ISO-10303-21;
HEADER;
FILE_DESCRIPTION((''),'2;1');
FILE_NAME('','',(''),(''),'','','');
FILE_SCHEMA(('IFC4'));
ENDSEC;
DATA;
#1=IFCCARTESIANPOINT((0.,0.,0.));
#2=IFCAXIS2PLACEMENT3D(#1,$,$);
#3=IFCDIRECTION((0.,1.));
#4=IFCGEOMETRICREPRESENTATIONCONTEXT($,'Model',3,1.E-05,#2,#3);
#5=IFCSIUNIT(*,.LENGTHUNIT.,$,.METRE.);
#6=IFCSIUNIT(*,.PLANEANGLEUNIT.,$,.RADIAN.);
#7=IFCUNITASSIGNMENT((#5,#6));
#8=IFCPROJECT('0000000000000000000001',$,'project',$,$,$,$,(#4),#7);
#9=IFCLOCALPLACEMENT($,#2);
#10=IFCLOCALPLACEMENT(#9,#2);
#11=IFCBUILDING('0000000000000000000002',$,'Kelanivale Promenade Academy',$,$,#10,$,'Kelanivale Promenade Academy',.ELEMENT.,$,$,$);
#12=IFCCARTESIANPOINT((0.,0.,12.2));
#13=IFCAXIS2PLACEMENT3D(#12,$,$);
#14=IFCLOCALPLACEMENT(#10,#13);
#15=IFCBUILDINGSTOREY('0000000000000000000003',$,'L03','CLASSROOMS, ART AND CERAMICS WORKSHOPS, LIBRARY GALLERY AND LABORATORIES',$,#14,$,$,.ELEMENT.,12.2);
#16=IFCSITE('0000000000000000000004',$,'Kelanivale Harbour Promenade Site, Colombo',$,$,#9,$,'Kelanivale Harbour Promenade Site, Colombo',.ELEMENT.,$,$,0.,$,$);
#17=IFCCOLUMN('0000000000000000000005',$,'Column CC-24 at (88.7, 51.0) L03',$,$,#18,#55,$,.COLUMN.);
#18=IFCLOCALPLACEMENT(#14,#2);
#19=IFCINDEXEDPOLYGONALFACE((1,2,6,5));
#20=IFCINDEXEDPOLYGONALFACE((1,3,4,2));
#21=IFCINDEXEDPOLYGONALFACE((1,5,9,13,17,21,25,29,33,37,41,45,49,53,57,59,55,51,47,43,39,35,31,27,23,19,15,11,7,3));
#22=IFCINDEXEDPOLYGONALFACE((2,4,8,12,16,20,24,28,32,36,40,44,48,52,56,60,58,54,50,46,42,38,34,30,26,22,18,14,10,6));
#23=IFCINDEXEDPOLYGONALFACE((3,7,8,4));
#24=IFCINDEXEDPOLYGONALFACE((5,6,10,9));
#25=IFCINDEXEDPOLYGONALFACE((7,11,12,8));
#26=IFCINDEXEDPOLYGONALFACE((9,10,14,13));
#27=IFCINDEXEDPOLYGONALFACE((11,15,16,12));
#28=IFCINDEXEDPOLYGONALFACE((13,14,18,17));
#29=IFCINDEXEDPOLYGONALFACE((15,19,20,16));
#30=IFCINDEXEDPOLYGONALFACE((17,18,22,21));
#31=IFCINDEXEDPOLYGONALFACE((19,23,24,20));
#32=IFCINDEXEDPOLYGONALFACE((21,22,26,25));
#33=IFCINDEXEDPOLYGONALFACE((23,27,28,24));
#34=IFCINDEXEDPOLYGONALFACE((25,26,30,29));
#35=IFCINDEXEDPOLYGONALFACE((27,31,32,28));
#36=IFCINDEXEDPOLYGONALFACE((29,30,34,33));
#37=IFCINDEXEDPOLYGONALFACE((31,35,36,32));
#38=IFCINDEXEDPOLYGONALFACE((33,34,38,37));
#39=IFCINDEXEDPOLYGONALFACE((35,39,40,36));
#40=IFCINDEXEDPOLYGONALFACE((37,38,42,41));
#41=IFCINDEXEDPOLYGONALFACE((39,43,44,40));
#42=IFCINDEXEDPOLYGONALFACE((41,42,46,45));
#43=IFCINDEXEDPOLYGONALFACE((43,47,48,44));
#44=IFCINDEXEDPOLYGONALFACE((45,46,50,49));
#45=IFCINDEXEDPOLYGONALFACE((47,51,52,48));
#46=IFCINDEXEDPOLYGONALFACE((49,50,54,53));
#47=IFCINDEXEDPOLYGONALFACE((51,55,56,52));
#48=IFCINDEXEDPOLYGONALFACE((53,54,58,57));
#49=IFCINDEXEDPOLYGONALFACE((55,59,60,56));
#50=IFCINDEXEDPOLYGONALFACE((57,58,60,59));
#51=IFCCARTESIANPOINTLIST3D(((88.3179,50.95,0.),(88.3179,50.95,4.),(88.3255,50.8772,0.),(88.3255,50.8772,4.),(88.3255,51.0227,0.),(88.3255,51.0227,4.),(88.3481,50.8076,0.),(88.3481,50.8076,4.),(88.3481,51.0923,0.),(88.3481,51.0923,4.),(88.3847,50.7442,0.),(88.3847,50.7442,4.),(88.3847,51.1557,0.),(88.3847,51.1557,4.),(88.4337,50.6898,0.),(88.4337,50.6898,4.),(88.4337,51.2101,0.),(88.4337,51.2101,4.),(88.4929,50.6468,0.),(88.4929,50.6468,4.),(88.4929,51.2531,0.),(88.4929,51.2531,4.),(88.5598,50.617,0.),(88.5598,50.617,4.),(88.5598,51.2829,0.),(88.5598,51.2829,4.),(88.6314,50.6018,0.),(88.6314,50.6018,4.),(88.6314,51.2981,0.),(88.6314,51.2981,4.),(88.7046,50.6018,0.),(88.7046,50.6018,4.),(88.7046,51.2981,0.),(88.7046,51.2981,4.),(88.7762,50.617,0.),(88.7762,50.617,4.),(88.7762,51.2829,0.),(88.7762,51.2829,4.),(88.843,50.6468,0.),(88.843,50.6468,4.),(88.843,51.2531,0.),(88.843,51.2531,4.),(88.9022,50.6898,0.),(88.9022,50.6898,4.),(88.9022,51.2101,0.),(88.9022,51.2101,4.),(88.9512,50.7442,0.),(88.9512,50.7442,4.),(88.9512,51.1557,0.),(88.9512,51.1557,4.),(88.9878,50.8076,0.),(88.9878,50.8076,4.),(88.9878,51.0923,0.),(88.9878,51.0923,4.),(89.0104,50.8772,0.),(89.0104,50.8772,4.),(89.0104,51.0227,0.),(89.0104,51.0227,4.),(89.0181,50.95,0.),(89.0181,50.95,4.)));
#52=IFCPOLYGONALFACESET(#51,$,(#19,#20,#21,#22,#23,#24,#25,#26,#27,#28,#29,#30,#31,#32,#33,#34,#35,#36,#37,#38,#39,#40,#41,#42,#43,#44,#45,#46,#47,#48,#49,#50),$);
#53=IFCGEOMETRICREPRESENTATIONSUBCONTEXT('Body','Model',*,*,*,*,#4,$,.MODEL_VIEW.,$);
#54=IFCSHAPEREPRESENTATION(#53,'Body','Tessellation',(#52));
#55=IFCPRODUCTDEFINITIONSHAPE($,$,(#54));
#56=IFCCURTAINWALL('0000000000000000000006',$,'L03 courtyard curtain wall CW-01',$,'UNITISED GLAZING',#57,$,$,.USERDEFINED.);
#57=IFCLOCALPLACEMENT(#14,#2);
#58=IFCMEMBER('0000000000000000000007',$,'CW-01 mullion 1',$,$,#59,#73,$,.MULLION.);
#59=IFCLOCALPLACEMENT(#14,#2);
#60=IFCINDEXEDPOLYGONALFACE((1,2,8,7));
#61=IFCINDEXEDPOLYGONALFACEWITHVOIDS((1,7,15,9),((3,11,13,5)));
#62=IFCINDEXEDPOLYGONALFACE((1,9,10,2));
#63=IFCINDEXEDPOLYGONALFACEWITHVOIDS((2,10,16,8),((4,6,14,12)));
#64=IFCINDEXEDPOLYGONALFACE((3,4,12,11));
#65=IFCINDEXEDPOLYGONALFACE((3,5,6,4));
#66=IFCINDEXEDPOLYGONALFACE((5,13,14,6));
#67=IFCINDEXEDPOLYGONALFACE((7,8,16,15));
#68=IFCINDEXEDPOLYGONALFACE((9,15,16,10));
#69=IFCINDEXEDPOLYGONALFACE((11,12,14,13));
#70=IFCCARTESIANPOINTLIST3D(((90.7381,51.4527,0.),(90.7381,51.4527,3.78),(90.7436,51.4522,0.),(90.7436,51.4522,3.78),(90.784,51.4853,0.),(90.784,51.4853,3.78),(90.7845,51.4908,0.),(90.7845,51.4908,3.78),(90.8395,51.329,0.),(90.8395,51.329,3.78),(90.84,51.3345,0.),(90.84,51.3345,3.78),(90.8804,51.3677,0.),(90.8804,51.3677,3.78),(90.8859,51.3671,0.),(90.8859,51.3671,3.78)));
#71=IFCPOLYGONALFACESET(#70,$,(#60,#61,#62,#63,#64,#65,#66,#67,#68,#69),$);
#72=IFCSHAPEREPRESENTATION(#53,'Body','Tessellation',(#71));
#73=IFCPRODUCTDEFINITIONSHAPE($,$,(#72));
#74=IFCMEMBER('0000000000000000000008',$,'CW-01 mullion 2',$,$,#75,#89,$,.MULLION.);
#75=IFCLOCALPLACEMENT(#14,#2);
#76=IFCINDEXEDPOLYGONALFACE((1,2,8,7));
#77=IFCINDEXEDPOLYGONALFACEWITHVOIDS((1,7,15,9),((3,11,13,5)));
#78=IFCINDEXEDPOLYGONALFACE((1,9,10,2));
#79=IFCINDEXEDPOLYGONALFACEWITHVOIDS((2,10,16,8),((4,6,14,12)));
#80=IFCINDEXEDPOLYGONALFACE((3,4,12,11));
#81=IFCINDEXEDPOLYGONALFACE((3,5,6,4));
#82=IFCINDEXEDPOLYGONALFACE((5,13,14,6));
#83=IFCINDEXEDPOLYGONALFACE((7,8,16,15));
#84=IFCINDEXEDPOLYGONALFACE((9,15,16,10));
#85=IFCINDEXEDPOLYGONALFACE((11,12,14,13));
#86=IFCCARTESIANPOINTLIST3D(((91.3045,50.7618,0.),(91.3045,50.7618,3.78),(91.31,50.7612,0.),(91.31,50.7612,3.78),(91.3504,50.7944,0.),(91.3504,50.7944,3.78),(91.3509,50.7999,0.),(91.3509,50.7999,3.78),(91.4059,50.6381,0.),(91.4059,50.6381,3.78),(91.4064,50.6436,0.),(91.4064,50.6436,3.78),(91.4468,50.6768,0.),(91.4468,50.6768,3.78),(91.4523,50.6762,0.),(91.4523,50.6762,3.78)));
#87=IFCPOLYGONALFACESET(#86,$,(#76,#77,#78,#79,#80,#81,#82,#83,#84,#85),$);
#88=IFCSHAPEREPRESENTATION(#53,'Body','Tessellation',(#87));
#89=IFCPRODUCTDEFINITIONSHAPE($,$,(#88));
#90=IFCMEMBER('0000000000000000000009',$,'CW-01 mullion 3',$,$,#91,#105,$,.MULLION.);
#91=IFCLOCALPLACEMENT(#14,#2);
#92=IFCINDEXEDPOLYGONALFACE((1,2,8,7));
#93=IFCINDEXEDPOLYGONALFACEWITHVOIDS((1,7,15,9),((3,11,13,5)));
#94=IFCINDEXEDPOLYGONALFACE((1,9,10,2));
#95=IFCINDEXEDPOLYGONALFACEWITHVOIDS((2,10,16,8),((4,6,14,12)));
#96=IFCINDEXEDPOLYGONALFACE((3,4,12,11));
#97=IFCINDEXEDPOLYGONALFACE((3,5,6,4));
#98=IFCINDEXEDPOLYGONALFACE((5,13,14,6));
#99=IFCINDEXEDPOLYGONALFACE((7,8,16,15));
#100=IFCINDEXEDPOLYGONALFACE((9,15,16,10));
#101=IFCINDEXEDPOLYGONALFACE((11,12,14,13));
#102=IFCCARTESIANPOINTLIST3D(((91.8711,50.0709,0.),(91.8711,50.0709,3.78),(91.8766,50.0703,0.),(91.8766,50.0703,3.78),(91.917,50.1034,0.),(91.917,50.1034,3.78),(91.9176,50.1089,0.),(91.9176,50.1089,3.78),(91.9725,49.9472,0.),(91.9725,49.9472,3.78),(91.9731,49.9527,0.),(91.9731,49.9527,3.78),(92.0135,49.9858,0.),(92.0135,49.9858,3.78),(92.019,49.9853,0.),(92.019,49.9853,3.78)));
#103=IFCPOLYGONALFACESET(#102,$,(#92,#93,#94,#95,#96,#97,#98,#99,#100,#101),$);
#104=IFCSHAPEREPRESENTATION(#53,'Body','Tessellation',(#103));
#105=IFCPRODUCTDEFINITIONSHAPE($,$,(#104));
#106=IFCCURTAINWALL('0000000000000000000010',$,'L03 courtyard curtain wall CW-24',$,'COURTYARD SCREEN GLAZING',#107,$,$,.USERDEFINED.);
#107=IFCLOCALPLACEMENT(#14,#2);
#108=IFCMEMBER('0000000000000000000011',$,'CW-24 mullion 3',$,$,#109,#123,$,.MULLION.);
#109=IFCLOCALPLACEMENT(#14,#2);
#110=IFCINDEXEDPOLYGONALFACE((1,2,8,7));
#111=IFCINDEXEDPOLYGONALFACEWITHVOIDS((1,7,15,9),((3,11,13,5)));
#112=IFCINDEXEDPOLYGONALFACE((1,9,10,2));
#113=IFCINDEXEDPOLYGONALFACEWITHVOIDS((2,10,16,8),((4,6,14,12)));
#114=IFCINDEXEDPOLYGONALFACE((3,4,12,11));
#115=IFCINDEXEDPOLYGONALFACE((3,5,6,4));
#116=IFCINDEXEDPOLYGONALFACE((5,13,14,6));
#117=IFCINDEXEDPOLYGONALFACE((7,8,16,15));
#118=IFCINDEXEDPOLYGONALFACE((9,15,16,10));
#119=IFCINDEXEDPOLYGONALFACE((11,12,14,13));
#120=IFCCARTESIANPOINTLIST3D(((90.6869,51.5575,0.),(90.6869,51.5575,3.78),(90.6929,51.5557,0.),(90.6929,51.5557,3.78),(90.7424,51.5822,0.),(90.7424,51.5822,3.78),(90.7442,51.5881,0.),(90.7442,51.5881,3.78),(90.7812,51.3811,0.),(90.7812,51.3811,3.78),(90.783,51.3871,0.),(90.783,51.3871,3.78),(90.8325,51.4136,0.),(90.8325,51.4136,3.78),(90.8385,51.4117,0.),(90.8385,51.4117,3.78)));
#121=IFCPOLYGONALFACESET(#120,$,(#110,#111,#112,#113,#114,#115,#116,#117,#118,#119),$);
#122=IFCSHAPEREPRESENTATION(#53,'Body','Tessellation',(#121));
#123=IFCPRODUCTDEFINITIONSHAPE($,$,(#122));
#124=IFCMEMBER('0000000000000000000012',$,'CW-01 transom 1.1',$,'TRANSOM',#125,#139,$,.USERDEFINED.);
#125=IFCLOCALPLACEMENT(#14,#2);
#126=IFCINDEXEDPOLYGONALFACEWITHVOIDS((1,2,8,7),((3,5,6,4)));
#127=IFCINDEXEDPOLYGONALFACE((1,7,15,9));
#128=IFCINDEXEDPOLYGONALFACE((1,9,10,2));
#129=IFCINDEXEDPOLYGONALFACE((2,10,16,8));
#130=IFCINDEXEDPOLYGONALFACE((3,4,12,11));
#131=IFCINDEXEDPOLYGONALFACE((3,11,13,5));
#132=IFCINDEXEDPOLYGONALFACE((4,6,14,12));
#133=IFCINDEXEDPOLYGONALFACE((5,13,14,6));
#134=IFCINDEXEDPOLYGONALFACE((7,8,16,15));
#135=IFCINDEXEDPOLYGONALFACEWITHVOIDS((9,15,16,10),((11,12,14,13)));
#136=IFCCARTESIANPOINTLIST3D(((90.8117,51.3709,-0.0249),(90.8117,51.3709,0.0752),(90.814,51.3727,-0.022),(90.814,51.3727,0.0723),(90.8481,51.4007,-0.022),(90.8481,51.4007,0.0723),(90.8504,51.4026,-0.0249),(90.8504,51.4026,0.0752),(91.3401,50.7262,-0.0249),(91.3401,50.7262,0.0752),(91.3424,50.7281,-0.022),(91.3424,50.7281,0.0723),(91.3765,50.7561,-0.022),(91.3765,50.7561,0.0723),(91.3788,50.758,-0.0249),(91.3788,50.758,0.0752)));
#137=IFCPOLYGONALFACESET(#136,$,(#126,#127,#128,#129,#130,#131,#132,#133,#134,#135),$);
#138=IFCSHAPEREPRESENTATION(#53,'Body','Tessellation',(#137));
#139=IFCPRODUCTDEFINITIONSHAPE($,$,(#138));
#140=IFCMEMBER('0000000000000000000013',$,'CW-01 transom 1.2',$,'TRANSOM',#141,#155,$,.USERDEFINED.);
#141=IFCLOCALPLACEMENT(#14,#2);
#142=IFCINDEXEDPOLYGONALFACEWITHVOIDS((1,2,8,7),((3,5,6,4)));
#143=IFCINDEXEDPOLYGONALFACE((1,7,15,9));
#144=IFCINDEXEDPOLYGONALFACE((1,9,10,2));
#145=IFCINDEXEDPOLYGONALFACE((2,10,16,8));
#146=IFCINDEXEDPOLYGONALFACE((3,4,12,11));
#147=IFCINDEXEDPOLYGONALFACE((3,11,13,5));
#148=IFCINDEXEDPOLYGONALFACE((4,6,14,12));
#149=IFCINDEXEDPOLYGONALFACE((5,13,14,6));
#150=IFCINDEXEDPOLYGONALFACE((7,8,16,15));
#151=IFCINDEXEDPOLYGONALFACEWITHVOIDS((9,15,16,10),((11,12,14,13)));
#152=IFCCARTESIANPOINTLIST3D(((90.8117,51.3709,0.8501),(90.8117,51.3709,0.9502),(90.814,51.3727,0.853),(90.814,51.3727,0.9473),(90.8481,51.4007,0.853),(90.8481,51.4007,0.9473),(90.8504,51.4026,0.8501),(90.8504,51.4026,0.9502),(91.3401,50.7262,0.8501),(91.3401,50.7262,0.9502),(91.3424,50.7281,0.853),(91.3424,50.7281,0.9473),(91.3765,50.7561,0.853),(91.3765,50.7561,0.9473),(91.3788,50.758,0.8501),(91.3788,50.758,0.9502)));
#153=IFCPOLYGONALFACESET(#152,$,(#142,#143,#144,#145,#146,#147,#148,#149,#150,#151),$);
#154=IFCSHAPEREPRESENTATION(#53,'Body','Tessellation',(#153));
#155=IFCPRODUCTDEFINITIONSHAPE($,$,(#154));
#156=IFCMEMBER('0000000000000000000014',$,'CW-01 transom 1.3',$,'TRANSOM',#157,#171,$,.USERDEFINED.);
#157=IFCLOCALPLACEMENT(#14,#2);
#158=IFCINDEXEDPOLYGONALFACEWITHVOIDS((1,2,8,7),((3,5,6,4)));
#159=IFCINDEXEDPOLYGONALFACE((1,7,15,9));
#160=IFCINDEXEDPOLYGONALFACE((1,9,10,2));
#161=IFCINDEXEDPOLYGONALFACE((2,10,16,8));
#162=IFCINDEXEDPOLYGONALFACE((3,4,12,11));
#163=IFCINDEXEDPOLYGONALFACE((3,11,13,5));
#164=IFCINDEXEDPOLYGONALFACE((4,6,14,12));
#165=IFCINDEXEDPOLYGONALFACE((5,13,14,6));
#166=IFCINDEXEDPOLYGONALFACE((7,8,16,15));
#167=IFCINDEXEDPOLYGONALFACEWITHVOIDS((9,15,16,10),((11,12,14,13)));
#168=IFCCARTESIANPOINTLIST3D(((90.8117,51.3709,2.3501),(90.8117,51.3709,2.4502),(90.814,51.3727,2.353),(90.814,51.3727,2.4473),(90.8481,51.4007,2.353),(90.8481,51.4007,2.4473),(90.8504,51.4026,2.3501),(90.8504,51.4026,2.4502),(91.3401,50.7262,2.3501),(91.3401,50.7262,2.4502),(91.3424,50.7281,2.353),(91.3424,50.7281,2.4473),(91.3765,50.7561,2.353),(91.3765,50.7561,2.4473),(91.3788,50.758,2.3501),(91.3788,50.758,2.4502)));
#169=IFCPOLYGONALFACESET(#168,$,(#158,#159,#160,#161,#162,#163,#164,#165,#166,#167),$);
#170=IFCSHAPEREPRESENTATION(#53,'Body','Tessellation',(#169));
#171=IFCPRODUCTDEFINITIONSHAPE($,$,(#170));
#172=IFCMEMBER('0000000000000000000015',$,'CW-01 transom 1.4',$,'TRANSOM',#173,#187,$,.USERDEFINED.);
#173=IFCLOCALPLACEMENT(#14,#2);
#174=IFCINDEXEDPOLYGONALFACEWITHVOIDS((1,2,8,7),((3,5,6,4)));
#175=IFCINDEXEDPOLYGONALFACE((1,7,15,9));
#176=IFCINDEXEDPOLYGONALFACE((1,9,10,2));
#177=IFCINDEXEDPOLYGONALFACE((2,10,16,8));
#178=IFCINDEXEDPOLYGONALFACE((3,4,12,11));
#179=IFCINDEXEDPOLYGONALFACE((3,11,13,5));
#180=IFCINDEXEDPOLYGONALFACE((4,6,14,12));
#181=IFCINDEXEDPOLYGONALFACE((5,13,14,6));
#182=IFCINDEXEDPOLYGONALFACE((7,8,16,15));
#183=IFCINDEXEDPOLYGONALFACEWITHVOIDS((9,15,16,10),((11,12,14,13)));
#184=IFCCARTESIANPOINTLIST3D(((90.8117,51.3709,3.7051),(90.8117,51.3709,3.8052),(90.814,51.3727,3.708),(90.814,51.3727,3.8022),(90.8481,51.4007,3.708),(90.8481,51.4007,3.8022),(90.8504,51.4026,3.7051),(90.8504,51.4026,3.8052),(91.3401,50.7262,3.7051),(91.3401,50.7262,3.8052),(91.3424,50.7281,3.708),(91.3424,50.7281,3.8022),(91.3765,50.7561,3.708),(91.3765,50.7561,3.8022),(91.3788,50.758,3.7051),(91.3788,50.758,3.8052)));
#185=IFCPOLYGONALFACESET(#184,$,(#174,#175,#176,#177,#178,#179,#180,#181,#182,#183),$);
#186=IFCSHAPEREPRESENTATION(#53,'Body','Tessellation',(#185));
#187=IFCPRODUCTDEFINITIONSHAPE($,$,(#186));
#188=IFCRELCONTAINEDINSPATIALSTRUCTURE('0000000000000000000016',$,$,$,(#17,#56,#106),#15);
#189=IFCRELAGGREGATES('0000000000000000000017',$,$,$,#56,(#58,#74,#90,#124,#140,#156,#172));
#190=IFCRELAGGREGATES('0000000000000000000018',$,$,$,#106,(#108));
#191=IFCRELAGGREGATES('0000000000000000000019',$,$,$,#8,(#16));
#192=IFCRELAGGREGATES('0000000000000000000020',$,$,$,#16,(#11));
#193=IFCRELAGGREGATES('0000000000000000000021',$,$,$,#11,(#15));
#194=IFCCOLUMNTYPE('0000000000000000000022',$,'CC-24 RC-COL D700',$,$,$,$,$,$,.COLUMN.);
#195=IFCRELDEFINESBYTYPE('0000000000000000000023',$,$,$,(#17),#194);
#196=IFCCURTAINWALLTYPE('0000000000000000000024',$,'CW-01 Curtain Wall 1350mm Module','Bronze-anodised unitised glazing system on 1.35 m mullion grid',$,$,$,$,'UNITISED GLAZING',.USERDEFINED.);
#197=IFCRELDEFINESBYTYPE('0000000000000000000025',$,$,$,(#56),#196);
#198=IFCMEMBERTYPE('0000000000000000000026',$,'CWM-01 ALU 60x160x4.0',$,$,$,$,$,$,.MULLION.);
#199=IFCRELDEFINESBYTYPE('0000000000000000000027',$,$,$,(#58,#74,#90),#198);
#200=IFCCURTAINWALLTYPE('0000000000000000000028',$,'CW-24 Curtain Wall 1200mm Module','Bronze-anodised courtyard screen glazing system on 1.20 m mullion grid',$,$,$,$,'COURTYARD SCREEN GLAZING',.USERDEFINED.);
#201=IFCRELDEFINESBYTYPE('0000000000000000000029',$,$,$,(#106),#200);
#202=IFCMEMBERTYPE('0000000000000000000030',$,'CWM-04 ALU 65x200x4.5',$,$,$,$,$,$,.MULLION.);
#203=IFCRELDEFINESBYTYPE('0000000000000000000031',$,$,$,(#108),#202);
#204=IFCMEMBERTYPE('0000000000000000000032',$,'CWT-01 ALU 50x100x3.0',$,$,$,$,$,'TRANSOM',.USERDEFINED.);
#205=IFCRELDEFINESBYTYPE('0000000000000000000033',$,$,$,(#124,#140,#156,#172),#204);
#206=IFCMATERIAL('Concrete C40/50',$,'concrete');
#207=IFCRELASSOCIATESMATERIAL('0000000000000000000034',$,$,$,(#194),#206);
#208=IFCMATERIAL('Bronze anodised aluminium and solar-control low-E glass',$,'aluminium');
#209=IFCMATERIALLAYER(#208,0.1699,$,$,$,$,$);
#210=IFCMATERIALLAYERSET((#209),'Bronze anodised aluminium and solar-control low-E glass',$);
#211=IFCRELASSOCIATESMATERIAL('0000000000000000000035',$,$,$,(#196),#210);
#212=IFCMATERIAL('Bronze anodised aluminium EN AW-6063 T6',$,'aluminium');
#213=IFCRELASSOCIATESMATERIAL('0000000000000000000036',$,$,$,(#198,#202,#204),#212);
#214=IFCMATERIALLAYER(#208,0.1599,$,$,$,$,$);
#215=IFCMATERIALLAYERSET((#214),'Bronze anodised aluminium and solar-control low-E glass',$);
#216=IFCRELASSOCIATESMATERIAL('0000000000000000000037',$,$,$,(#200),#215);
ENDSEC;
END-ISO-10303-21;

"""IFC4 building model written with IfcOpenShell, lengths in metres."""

from ifc_helpers import new_model, si_unit, direction, frame, origin, origin_2d, place, context, subcontext, project, spatial, hollow_rectangle, circle, extrude, material, layer, layer_set, material_profile, profile_set, type_object, element, aggregate, save


model = new_model("IFC4")

# Units and contexts
model_context = context("Model", 3, precision=1e-05, world=origin(), true_north=direction((0.0, 1.0)))
body_context = subcontext(model_context, "Body", "Model", "MODEL_VIEW")
ifc_project = project(units=[si_unit("LENGTHUNIT", "METRE"), si_unit("PLANEANGLEUNIT", "RADIAN")], contexts=[model_context])

# Site, building, storey
site_placement = place(None, origin())
site = spatial("IfcSite", under=ifc_project, at=site_placement, Name="Kelanivale Harbour Promenade Site, Colombo", LongName="Kelanivale Harbour Promenade Site, Colombo", CompositionType="ELEMENT", RefElevation=0.0)
building_placement = place(site_placement, origin())
building = spatial("IfcBuilding", under=site, at=building_placement, Name="Kelanivale Promenade Academy", LongName="Kelanivale Promenade Academy", CompositionType="ELEMENT")
storey_placement = place(building_placement, frame((0.0, 0.0, 12.2)))
storey = spatial("IfcBuildingStorey", under=building, at=storey_placement, Name="L03", Description="CLASSROOMS, ART AND CERAMICS WORKSHOPS, LIBRARY GALLERY AND LABORATORIES", CompositionType="ELEMENT", Elevation=12.2)

# Column
ifc_material_1 = material(Name="Concrete C40/50", Category="concrete")
ifc_material_profile_1 = material_profile(ifc_material_1, circle(Radius=0.3501, at=origin_2d()), Name="RC-COL D700")
ifc_profile_set_1 = profile_set([ifc_material_profile_1], Name="Concrete C40/50")
column_type = type_object("IfcColumnType", Name="CC-24 RC-COL D700", PredefinedType="COLUMN", material=ifc_profile_set_1)
column_placement = place(storey_placement, frame((88.668, 50.95, 0.0), z_axis=(0.0, 0.0, 1.0), x_axis=(1.0, 0.0, 0.0)))
element("IfcColumn", 1, at=column_placement, inside=storey, type_object=column_type, Name="Column CC-24 at (88.7, 51.0) L03", PredefinedType="COLUMN", context=body_context, shape_type="SweptSolid", body=[
    extrude(circle(Radius=0.3501, at=origin_2d()), origin(), (0.0, 0.0, 1.0), 4.0),
])

# Curtain wall, members
ifc_material_2 = material(Name="Bronze anodised aluminium and solar-control low-E glass", Category="aluminium")
ifc_layer_1 = layer(ifc_material_2, 0.1699)
ifc_layer_set_1 = layer_set([ifc_layer_1], Name="Bronze anodised aluminium and solar-control low-E glass")
curtain_wall_type_1 = type_object("IfcCurtainWallType", Name="CW-01 Curtain Wall 1350mm Module", Description="Bronze-anodised unitised glazing system on 1.35 m mullion grid", ElementType="UNITISED GLAZING", PredefinedType="USERDEFINED", material=ifc_layer_set_1)
curtain_wall_1_placement = place(storey_placement, origin())
curtain_wall_1 = element("IfcCurtainWall", 2, at=curtain_wall_1_placement, inside=storey, type_object=curtain_wall_type_1, Name="L03 courtyard curtain wall CW-01", ObjectType="UNITISED GLAZING", PredefinedType="USERDEFINED")
ifc_material_3 = material(Name="Bronze anodised aluminium EN AW-6063 T6", Category="aluminium")
ifc_material_profile_2 = material_profile(ifc_material_3, hollow_rectangle(XDim=0.0601, YDim=0.1599, WallThickness=0.0039, at=origin_2d()), Name="ALU 60x160x4.0")
ifc_profile_set_2 = profile_set([ifc_material_profile_2], Name="Bronze anodised aluminium EN AW-6063 T6")
member_type_1 = type_object("IfcMemberType", Name="CWM-01 ALU 60x160x4.0", PredefinedType="MULLION", material=ifc_profile_set_2)
member_1_placement = place(storey_placement, frame((90.812, 51.4099, 0.0), z_axis=(0.0, 0.0, 1.0), x_axis=(0.773257, 0.634093, 0.0)))
member_1 = element("IfcMember", 3, at=member_1_placement, type_object=member_type_1, Name="CW-01 mullion 1", PredefinedType="MULLION", context=body_context, shape_type="SweptSolid", body=[
    extrude(hollow_rectangle(XDim=0.0601, YDim=0.1599, WallThickness=0.0039, at=origin_2d()), origin(), (0.0, 0.0, 1.0), 3.78),
])
member_2_placement = place(storey_placement, frame((91.3784, 50.719, 0.0), z_axis=(0.0, 0.0, 1.0), x_axis=(0.773257, 0.634093, 0.0)))
member_2 = element("IfcMember", 4, at=member_2_placement, type_object=member_type_1, Name="CW-01 mullion 2", PredefinedType="MULLION", context=body_context, shape_type="SweptSolid", body=[
    extrude(hollow_rectangle(XDim=0.0601, YDim=0.1599, WallThickness=0.0039, at=origin_2d()), origin(), (0.0, 0.0, 1.0), 3.78),
])
member_3_placement = place(storey_placement, frame((91.9451, 50.0281, 0.0), z_axis=(0.0, 0.0, 1.0), x_axis=(0.773257, 0.634093, 0.0)))
member_3 = element("IfcMember", 5, at=member_3_placement, type_object=member_type_1, Name="CW-01 mullion 3", PredefinedType="MULLION", context=body_context, shape_type="SweptSolid", body=[
    extrude(hollow_rectangle(XDim=0.0601, YDim=0.1599, WallThickness=0.0039, at=origin_2d()), origin(), (0.0, 0.0, 1.0), 3.78),
])

# Curtain wall, member
ifc_layer_2 = layer(ifc_material_2, 0.1599)
ifc_layer_set_2 = layer_set([ifc_layer_2], Name="Bronze anodised aluminium and solar-control low-E glass")
curtain_wall_type_2 = type_object("IfcCurtainWallType", Name="CW-24 Curtain Wall 1200mm Module", Description="Bronze-anodised courtyard screen glazing system on 1.20 m mullion grid", ElementType="COURTYARD SCREEN GLAZING", PredefinedType="USERDEFINED", material=ifc_layer_set_2)
curtain_wall_2_placement = place(storey_placement, origin())
curtain_wall_2 = element("IfcCurtainWall", 6, at=curtain_wall_2_placement, inside=storey, type_object=curtain_wall_type_2, Name="L03 courtyard curtain wall CW-24", ObjectType="COURTYARD SCREEN GLAZING", PredefinedType="USERDEFINED")
ifc_material_profile_3 = material_profile(ifc_material_3, hollow_rectangle(XDim=0.0649, YDim=0.2, WallThickness=0.0044, at=origin_2d()), Name="ALU 65x200x4.5")
ifc_profile_set_3 = profile_set([ifc_material_profile_3], Name="Bronze anodised aluminium EN AW-6063 T6")
member_type_2 = type_object("IfcMemberType", Name="CWM-04 ALU 65x200x4.5", PredefinedType="MULLION", material=ifc_profile_set_3)
member_4_placement = place(storey_placement, frame((90.7627, 51.4846, 0.0), z_axis=(0.0, 0.0, 1.0), x_axis=(0.881966, 0.471312, 0.0)))
member_4 = element("IfcMember", 7, at=member_4_placement, type_object=member_type_2, Name="CW-24 mullion 3", PredefinedType="MULLION", context=body_context, shape_type="SweptSolid", body=[
    extrude(hollow_rectangle(XDim=0.0649, YDim=0.2, WallThickness=0.0044, at=origin_2d()), origin(), (0.0, 0.0, 1.0), 3.78),
])

# Members
ifc_material_profile_4 = material_profile(ifc_material_3, hollow_rectangle(XDim=0.05, YDim=0.1001, WallThickness=0.0029, at=origin_2d()), Name="ALU 50x100x3.0")
ifc_profile_set_4 = profile_set([ifc_material_profile_4], Name="Bronze anodised aluminium EN AW-6063 T6")
member_type_3 = type_object("IfcMemberType", Name="CWT-01 ALU 50x100x3.0", ElementType="TRANSOM", PredefinedType="USERDEFINED", material=ifc_profile_set_4)
member_5_placement = place(storey_placement, frame((90.8311, 51.3867, 0.0251), z_axis=(0.633939, -0.773383, 0.0), x_axis=(0.773383, 0.633939, 0.0)))
member_5 = element("IfcMember", 8, at=member_5_placement, type_object=member_type_3, Name="CW-01 transom 1.1", ObjectType="TRANSOM", PredefinedType="USERDEFINED", context=body_context, shape_type="SweptSolid", body=[
    extrude(hollow_rectangle(XDim=0.05, YDim=0.1001, WallThickness=0.0029, at=origin_2d()), origin(), (0.0, 0.0, 1.0), 0.8335),
])
member_6_placement = place(storey_placement, frame((90.8311, 51.3867, 0.9001), z_axis=(0.633939, -0.773383, 0.0), x_axis=(0.773383, 0.633939, 0.0)))
member_6 = element("IfcMember", 9, at=member_6_placement, type_object=member_type_3, Name="CW-01 transom 1.2", ObjectType="TRANSOM", PredefinedType="USERDEFINED", context=body_context, shape_type="SweptSolid", body=[
    extrude(hollow_rectangle(XDim=0.05, YDim=0.1001, WallThickness=0.0029, at=origin_2d()), origin(), (0.0, 0.0, 1.0), 0.8335),
])
member_7_placement = place(storey_placement, frame((90.8311, 51.3867, 2.4001), z_axis=(0.633939, -0.773383, 0.0), x_axis=(0.773383, 0.633939, 0.0)))
member_7 = element("IfcMember", 10, at=member_7_placement, type_object=member_type_3, Name="CW-01 transom 1.3", ObjectType="TRANSOM", PredefinedType="USERDEFINED", context=body_context, shape_type="SweptSolid", body=[
    extrude(hollow_rectangle(XDim=0.05, YDim=0.1001, WallThickness=0.0029, at=origin_2d()), origin(), (0.0, 0.0, 1.0), 0.8335),
])
member_8_placement = place(storey_placement, frame((90.8311, 51.3867, 3.7551), z_axis=(0.633939, -0.773383, 0.0), x_axis=(0.773383, 0.633939, 0.0)))
member_8 = element("IfcMember", 11, at=member_8_placement, type_object=member_type_3, Name="CW-01 transom 1.4", ObjectType="TRANSOM", PredefinedType="USERDEFINED", context=body_context, shape_type="SweptSolid", body=[
    extrude(hollow_rectangle(XDim=0.05, YDim=0.1001, WallThickness=0.0029, at=origin_2d()), origin(), (0.0, 0.0, 1.0), 0.8335),
])

aggregate(curtain_wall_1, [member_1, member_2, member_3, member_5, member_6, member_7, member_8])
aggregate(curtain_wall_2, [member_4])

save(model, "model.ifc")
